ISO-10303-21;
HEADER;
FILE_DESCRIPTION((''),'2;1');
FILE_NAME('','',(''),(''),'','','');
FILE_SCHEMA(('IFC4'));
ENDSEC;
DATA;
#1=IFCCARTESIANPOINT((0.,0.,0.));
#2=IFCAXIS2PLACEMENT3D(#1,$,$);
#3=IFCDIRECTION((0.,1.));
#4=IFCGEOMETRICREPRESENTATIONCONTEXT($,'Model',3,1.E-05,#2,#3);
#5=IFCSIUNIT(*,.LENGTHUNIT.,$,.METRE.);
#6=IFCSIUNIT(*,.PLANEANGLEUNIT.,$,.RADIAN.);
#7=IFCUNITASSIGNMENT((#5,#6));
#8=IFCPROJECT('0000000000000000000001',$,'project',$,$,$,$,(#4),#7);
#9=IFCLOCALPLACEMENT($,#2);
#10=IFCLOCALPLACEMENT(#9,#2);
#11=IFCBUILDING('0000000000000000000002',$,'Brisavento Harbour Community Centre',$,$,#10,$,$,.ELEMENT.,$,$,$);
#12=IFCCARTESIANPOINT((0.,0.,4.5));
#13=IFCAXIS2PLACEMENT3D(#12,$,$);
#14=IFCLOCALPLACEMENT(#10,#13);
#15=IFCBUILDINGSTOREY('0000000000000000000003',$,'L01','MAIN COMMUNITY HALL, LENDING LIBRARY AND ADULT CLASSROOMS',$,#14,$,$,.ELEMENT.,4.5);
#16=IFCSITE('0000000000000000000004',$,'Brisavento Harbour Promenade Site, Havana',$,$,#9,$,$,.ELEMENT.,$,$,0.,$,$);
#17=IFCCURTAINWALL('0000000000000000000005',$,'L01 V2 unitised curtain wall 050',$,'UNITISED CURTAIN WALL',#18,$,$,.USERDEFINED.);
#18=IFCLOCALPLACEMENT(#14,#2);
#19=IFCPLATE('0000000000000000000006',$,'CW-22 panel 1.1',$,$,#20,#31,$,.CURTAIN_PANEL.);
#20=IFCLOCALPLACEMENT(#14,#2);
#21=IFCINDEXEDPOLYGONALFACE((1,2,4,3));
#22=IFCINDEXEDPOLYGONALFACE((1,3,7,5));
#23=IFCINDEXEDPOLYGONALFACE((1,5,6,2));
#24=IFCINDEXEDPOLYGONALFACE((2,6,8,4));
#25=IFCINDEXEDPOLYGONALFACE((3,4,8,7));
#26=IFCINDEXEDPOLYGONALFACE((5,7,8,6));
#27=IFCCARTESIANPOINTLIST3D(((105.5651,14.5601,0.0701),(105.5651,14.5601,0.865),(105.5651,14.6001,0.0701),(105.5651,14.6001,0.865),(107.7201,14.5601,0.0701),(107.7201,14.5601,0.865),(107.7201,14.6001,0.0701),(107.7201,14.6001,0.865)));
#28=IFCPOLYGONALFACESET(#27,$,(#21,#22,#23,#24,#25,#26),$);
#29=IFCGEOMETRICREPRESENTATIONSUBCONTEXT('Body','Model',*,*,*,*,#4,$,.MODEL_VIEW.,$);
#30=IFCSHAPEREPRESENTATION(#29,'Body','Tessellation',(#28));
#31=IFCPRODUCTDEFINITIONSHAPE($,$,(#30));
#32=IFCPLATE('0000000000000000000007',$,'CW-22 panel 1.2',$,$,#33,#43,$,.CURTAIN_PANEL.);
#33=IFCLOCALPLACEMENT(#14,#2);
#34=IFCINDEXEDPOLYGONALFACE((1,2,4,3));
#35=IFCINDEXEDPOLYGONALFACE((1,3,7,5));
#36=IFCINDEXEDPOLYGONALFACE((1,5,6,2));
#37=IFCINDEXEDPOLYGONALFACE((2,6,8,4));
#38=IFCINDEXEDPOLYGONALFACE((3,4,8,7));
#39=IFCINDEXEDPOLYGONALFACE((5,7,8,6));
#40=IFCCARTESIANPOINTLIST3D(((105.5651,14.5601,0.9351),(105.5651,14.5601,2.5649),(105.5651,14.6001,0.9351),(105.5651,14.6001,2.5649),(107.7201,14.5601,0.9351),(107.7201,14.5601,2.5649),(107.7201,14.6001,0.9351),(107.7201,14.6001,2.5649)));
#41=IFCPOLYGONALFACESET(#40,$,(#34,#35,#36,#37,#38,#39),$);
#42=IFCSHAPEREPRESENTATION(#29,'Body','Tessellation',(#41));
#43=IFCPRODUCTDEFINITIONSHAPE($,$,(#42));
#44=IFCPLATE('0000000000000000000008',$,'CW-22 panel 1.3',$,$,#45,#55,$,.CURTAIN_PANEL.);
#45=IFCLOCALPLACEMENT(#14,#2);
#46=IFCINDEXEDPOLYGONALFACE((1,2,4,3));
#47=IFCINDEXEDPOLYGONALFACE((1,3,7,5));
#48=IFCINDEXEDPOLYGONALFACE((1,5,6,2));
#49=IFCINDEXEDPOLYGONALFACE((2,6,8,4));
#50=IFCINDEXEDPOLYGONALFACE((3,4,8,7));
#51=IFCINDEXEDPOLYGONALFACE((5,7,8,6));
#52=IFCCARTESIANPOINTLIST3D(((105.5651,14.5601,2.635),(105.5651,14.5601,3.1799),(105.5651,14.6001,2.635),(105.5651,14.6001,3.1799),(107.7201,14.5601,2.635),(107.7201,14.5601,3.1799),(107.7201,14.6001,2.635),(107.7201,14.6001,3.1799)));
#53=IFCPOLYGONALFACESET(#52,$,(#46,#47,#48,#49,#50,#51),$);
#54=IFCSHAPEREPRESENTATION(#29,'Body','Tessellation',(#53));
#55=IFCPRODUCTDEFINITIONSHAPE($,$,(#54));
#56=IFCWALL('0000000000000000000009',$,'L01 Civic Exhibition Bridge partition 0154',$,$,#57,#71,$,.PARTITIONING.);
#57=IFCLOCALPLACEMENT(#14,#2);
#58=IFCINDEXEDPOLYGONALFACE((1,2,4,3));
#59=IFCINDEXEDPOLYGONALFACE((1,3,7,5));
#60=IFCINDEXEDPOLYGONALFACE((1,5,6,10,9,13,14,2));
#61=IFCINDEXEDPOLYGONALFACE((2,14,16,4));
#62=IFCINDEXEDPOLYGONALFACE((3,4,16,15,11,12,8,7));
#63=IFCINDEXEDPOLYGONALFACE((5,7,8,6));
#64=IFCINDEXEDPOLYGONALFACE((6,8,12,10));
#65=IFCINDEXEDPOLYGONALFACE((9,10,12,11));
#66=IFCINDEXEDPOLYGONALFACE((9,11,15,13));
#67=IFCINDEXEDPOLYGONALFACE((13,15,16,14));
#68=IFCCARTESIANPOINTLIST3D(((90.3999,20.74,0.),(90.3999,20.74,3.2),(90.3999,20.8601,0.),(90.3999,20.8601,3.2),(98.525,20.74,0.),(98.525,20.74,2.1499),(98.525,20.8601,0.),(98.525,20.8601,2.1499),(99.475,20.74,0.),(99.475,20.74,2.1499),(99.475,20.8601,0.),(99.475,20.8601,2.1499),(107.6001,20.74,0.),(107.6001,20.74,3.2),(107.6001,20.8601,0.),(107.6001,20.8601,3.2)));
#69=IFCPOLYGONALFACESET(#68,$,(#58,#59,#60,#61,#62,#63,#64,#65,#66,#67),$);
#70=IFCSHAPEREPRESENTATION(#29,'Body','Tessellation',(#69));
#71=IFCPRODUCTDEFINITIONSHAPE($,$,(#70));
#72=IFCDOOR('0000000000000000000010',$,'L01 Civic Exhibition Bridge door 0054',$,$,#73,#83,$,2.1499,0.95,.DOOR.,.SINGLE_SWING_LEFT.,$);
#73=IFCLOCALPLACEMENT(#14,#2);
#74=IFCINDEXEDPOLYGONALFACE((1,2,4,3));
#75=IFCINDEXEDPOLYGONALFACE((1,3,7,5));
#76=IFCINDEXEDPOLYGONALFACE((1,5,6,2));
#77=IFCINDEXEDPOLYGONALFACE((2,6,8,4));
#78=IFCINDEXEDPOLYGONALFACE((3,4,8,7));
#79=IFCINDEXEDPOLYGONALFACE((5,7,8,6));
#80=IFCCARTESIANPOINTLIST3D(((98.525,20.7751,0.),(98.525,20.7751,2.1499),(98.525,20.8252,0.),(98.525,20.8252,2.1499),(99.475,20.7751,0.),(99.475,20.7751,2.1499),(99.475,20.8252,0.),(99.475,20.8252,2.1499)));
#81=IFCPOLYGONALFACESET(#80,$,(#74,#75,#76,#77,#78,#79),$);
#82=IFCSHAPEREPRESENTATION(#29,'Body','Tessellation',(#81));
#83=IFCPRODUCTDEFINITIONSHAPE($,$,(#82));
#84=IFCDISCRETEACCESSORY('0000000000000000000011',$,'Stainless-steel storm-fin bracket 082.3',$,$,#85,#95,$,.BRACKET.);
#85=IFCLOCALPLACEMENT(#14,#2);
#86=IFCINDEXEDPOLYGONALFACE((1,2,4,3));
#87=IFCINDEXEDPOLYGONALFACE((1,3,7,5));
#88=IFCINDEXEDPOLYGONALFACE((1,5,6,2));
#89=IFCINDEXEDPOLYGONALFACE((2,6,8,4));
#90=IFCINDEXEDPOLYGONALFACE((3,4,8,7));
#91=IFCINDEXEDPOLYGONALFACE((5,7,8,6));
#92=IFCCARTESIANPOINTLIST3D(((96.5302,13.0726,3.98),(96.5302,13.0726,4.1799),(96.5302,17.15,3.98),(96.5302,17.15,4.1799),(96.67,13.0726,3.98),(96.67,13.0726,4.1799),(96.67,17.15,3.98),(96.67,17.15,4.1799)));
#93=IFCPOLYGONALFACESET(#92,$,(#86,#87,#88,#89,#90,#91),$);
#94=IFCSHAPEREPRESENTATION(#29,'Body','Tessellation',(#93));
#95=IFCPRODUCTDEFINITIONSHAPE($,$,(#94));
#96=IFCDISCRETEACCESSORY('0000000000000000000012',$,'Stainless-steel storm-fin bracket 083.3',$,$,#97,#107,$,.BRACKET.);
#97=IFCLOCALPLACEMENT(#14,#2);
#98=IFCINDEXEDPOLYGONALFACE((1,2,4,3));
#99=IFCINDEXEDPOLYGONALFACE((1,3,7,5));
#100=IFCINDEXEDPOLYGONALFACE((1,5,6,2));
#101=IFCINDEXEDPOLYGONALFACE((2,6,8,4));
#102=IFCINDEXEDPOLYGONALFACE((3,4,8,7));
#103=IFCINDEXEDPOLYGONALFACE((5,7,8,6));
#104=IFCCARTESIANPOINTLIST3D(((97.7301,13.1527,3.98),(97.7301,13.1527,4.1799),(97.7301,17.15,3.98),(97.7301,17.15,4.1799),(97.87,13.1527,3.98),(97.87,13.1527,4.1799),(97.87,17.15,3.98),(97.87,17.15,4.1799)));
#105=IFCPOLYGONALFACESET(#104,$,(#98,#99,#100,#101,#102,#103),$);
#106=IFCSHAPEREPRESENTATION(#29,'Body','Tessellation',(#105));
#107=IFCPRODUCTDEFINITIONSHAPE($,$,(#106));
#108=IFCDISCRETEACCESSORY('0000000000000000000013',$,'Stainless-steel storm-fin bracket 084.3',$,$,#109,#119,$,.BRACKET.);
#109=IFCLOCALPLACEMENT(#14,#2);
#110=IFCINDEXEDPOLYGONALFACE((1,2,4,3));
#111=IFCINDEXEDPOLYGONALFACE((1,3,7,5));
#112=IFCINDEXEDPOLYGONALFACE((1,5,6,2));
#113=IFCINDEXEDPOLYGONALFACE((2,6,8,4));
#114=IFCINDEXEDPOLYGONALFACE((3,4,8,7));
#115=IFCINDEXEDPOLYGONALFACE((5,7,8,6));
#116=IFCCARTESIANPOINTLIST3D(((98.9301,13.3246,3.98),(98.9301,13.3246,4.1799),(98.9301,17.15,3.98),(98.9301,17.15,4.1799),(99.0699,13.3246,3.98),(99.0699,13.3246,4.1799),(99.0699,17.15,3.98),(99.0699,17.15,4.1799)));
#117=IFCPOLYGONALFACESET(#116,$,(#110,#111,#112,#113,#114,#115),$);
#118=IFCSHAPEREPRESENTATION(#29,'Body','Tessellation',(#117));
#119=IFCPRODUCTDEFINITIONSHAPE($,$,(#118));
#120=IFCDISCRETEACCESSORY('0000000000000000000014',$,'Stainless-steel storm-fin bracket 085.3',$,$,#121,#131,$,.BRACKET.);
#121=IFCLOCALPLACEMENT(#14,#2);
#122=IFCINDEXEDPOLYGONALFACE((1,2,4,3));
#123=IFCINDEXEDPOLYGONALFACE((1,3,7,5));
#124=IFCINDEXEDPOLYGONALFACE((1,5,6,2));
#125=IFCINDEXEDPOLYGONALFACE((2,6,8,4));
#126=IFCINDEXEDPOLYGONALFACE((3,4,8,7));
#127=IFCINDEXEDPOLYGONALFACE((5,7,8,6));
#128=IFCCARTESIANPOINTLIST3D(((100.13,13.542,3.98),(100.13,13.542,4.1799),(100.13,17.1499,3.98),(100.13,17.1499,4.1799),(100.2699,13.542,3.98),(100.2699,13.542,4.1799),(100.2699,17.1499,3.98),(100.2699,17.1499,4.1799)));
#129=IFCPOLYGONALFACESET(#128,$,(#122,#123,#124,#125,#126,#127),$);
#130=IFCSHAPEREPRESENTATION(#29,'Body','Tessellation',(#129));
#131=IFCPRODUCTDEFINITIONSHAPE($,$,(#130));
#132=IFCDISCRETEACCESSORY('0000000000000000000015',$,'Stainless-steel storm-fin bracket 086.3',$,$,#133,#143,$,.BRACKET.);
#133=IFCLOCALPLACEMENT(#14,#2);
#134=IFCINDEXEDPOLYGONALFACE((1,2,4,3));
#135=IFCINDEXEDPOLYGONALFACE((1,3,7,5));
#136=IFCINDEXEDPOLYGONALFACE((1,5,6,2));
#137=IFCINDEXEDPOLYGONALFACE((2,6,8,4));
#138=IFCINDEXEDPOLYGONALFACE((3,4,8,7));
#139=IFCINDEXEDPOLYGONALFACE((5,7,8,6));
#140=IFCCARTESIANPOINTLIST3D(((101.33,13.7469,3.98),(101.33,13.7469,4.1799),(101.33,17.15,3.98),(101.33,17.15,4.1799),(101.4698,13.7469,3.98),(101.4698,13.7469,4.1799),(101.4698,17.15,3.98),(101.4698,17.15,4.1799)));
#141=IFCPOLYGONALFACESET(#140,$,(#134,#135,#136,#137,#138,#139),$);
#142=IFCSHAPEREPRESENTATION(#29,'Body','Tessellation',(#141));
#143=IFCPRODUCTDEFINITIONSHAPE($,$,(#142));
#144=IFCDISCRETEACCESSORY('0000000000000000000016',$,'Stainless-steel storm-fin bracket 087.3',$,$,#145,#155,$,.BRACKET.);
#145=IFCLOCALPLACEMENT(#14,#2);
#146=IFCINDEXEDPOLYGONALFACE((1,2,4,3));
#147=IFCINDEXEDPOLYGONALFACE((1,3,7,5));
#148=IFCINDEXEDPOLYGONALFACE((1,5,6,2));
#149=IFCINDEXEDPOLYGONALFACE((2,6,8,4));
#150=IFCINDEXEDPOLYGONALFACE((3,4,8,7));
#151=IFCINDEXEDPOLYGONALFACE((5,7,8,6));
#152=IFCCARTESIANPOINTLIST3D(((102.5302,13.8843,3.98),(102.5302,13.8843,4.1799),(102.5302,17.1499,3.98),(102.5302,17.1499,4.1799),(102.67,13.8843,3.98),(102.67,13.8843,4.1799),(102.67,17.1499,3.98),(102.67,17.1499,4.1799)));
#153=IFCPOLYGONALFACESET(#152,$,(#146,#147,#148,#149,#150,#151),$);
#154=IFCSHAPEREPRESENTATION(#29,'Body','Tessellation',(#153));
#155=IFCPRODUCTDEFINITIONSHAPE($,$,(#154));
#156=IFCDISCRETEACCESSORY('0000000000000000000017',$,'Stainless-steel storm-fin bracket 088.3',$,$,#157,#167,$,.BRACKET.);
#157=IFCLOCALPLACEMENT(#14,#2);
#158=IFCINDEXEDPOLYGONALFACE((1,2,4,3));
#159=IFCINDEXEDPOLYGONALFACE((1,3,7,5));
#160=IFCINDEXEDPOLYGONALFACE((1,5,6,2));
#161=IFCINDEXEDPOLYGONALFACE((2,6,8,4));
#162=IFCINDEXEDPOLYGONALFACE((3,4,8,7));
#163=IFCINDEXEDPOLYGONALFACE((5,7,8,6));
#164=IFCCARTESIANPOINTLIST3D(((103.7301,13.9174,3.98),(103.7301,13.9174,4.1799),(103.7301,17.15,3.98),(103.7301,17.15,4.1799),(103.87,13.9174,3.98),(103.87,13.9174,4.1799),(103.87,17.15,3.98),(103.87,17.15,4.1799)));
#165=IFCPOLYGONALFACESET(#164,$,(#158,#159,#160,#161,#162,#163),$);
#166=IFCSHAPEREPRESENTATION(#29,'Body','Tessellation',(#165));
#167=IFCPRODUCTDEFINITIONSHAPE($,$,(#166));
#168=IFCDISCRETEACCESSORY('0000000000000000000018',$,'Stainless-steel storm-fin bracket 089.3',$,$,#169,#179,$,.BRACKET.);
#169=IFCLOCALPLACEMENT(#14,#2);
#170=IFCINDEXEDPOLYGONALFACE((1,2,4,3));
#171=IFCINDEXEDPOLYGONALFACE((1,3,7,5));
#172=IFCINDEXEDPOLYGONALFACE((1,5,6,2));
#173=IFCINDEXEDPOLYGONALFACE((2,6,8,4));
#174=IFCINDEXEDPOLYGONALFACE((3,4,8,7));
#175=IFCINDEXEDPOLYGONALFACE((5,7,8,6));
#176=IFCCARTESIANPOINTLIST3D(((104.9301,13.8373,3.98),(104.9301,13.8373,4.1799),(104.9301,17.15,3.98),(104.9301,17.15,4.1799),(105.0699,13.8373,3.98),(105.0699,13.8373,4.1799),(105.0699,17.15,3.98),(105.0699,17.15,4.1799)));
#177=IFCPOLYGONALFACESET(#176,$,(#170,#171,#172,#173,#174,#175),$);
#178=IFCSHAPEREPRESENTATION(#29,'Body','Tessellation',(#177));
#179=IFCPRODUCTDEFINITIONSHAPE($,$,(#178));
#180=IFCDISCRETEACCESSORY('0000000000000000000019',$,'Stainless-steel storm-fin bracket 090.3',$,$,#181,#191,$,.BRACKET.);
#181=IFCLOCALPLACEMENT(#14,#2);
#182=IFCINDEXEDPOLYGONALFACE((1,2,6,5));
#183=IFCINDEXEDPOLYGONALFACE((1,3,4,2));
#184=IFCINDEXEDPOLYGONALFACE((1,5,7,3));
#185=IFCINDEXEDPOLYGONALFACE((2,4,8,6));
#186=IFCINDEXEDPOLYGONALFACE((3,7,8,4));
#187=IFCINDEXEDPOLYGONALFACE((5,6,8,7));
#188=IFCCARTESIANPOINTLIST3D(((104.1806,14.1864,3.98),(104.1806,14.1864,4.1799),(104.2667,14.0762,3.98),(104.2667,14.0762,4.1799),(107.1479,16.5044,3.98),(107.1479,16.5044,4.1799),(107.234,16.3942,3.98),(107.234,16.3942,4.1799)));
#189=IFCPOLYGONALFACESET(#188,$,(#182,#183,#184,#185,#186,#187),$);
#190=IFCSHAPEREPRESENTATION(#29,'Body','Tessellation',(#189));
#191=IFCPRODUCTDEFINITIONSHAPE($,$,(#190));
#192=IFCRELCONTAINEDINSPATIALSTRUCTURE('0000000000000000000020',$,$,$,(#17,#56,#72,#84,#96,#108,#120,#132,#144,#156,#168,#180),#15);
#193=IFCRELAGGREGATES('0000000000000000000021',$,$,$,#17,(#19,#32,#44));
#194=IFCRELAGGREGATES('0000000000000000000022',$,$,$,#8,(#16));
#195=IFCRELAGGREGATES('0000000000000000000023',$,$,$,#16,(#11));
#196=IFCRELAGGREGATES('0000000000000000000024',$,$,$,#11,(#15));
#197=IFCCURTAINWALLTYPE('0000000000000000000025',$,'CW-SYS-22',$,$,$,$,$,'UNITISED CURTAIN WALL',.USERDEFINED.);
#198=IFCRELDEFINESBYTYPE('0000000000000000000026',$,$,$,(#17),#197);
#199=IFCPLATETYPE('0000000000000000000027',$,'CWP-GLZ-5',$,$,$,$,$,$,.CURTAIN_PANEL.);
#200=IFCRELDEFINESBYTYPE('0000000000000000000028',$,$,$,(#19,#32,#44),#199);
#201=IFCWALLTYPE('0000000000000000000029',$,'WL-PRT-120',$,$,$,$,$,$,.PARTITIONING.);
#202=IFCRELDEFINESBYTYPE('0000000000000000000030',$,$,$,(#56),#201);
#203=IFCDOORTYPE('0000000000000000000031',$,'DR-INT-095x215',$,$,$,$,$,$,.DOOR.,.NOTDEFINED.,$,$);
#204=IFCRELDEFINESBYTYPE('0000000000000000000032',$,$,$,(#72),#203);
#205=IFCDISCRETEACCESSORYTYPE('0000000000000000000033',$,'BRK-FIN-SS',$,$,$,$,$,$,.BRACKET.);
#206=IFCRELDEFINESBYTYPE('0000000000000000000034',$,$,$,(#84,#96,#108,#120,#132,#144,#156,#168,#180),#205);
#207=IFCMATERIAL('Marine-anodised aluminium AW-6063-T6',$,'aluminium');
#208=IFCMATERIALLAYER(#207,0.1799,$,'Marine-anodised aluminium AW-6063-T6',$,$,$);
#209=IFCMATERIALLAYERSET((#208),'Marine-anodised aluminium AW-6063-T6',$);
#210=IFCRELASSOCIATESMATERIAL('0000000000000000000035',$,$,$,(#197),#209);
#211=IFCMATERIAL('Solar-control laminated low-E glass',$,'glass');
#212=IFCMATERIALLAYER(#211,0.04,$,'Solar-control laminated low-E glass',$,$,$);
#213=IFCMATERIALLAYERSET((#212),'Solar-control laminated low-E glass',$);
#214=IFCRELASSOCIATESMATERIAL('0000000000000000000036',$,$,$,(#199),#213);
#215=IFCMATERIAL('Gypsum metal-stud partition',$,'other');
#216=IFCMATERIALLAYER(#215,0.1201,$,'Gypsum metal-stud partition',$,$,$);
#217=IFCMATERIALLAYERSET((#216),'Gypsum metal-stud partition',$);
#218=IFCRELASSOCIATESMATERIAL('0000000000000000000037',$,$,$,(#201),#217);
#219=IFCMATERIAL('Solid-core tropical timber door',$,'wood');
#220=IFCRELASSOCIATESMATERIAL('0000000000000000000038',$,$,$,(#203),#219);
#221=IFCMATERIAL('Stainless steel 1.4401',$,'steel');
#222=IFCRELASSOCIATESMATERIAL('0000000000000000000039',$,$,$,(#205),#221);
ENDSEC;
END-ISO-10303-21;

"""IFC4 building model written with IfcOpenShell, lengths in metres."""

from ifc_helpers import new_model, si_unit, direction, frame, frame_2d, origin, origin_2d, place, context, subcontext, project, spatial, rectangle, extrude, material, layer, layer_set, type_object, element, fill, aggregate, save


model = new_model("IFC4")

# Units and contexts
model_context = context("Model", 3, precision=1e-05, world=origin(), true_north=direction((0.0, 1.0)))
body_context = subcontext(model_context, "Body", "Model", "MODEL_VIEW")
ifc_project = project(units=[si_unit("LENGTHUNIT", "METRE"), si_unit("PLANEANGLEUNIT", "RADIAN")], contexts=[model_context])

# Site, building, storey
site_placement = place(None, origin())
site = spatial("IfcSite", under=ifc_project, at=site_placement, Name="Brisavento Harbour Promenade Site, Havana", CompositionType="ELEMENT", RefElevation=0.0)
building_placement = place(site_placement, origin())
building = spatial("IfcBuilding", under=site, at=building_placement, Name="Brisavento Harbour Community Centre", CompositionType="ELEMENT")
storey_placement = place(building_placement, frame((0.0, 0.0, 4.5)))
storey = spatial("IfcBuildingStorey", under=building, at=storey_placement, Name="L01", Description="MAIN COMMUNITY HALL, LENDING LIBRARY AND ADULT CLASSROOMS", CompositionType="ELEMENT", Elevation=4.5)

# Curtain wall, plates
ifc_material_1 = material(Name="Marine-anodised aluminium AW-6063-T6", Category="aluminium")
ifc_layer_1 = layer(ifc_material_1, 0.1799, Name="Marine-anodised aluminium AW-6063-T6")
ifc_layer_set_1 = layer_set([ifc_layer_1], Name="Marine-anodised aluminium AW-6063-T6")
curtain_wall_type = type_object("IfcCurtainWallType", Name="CW-SYS-22", ElementType="UNITISED CURTAIN WALL", PredefinedType="USERDEFINED", material=ifc_layer_set_1)
curtain_wall_placement = place(storey_placement, origin())
curtain_wall = element("IfcCurtainWall", 1, at=curtain_wall_placement, inside=storey, type_object=curtain_wall_type, Name="L01 V2 unitised curtain wall 050", ObjectType="UNITISED CURTAIN WALL", PredefinedType="USERDEFINED")
ifc_material_2 = material(Name="Solar-control laminated low-E glass", Category="glass")
ifc_layer_2 = layer(ifc_material_2, 0.04, Name="Solar-control laminated low-E glass")
ifc_layer_set_2 = layer_set([ifc_layer_2], Name="Solar-control laminated low-E glass")
plate_type = type_object("IfcPlateType", Name="CWP-GLZ-5", PredefinedType="CURTAIN_PANEL", material=ifc_layer_set_2)
plate_1_placement = place(storey_placement, frame((106.6426, 14.5801, 0.0701), z_axis=(0.0, 0.0, 1.0), x_axis=(-1.0, 0.0, 0.0)))
plate_1 = element("IfcPlate", 2, at=plate_1_placement, type_object=plate_type, Name="CW-22 panel 1.1", PredefinedType="CURTAIN_PANEL", context=body_context, shape_type="SweptSolid", body=[
    extrude(rectangle(XDim=2.155, YDim=0.04, at=origin_2d()), origin(), (0.0, 0.0, 1.0), 0.7949),
])
plate_2_placement = place(storey_placement, frame((106.6426, 14.5801, 0.9351), z_axis=(0.0, 0.0, 1.0), x_axis=(-1.0, 0.0, 0.0)))
plate_2 = element("IfcPlate", 3, at=plate_2_placement, type_object=plate_type, Name="CW-22 panel 1.2", PredefinedType="CURTAIN_PANEL", context=body_context, shape_type="SweptSolid", body=[
    extrude(rectangle(XDim=2.155, YDim=0.04, at=origin_2d()), origin(), (0.0, 0.0, 1.0), 1.6299),
])
plate_3_placement = place(storey_placement, frame((106.6426, 14.5801, 2.635), z_axis=(0.0, 0.0, 1.0), x_axis=(-1.0, 0.0, 0.0)))
plate_3 = element("IfcPlate", 4, at=plate_3_placement, type_object=plate_type, Name="CW-22 panel 1.3", PredefinedType="CURTAIN_PANEL", context=body_context, shape_type="SweptSolid", body=[
    extrude(rectangle(XDim=2.155, YDim=0.04, at=origin_2d()), origin(), (0.0, 0.0, 1.0), 0.5449),
])
aggregate(curtain_wall, [plate_1, plate_2, plate_3])

# Wall, opening, door
ifc_material_3 = material(Name="Gypsum metal-stud partition", Category="other")
ifc_layer_3 = layer(ifc_material_3, 0.1201, Name="Gypsum metal-stud partition")
ifc_layer_set_3 = layer_set([ifc_layer_3], Name="Gypsum metal-stud partition")
wall_type = type_object("IfcWallType", Name="WL-PRT-120", PredefinedType="PARTITIONING", material=ifc_layer_set_3)
wall_placement = place(storey_placement, frame((107.6001, 20.8, 0.0), z_axis=(0.0, 0.0, 1.0), x_axis=(-1.0, 0.0, 0.0)))
wall = element("IfcWall", 5, at=wall_placement, inside=storey, type_object=wall_type, Name="L01 Civic Exhibition Bridge partition 0154", PredefinedType="PARTITIONING", context=body_context, shape_type="SweptSolid", body=[
    extrude(rectangle(XDim=17.2002, YDim=0.1201, at=frame_2d((8.6001, 0.0))), origin(), (0.0, 0.0, 1.0), 3.2),
])
opening_placement = place(wall_placement, frame((8.125, 0.0, 0.0)))
opening = element("IfcOpeningElement", 6, at=opening_placement, cuts=wall, PredefinedType="OPENING", context=body_context, shape_type="SweptSolid", body=[
    extrude(rectangle(XDim=0.95, YDim=2.1499, at=frame_2d((0.4751, 1.075))), frame((0.0, 0.0701, 0.0), z_axis=(0.0, -1.0, 0.0), x_axis=(1.0, 0.0, 0.0)), (0.0, 0.0, 1.0), 0.1401),
])
ifc_material_4 = material(Name="Solid-core tropical timber door", Category="wood")
door_type = type_object("IfcDoorType", Name="DR-INT-095x215", OperationType="NOTDEFINED", PredefinedType="DOOR", material=ifc_material_4)
door_placement = place(opening_placement, origin())
door = element("IfcDoor", 7, at=door_placement, inside=storey, type_object=door_type, Name="L01 Civic Exhibition Bridge door 0054", OperationType="SINGLE_SWING_LEFT", OverallHeight=2.1499, OverallWidth=0.95, PredefinedType="DOOR", context=body_context, shape_type="SweptSolid", body=[
    extrude(rectangle(XDim=0.95, YDim=2.1499, at=frame_2d((0.4751, 1.075))), frame((0.0, 0.0249, 0.0), z_axis=(0.0, -1.0, 0.0), x_axis=(1.0, 0.0, 0.0)), (0.0, 0.0, 1.0), 0.05),
])
fill(opening, door)

# Discrete accessories
ifc_material_5 = material(Name="Stainless steel 1.4401", Category="steel")
discrete_accessory_type = type_object("IfcDiscreteAccessoryType", Name="BRK-FIN-SS", PredefinedType="BRACKET", material=ifc_material_5)
discrete_accessory_1_placement = place(storey_placement, frame((96.6001, 15.1113, 3.98), z_axis=(0.0, 0.0, 1.0), x_axis=(0.0, -1.0, 0.0)))
element("IfcDiscreteAccessory", 8, at=discrete_accessory_1_placement, inside=storey, type_object=discrete_accessory_type, Name="Stainless-steel storm-fin bracket 082.3", PredefinedType="BRACKET", context=body_context, shape_type="SweptSolid", body=[
    extrude(rectangle(XDim=4.0774, YDim=0.1399, at=origin_2d()), origin(), (0.0, 0.0, 1.0), 0.2),
])
discrete_accessory_2_placement = place(storey_placement, frame((97.8, 15.1514, 3.98), z_axis=(0.0, 0.0, 1.0), x_axis=(0.0, -1.0, 0.0)))
element("IfcDiscreteAccessory", 9, at=discrete_accessory_2_placement, inside=storey, type_object=discrete_accessory_type, Name="Stainless-steel storm-fin bracket 083.3", PredefinedType="BRACKET", context=body_context, shape_type="SweptSolid", body=[
    extrude(rectangle(XDim=3.9973, YDim=0.1399, at=origin_2d()), origin(), (0.0, 0.0, 1.0), 0.2),
])
discrete_accessory_3_placement = place(storey_placement, frame((99.0, 15.2373, 3.98), z_axis=(0.0, 0.0, 1.0), x_axis=(0.0, -1.0, 0.0)))
element("IfcDiscreteAccessory", 10, at=discrete_accessory_3_placement, inside=storey, type_object=discrete_accessory_type, Name="Stainless-steel storm-fin bracket 084.3", PredefinedType="BRACKET", context=body_context, shape_type="SweptSolid", body=[
    extrude(rectangle(XDim=3.8254, YDim=0.1399, at=origin_2d()), origin(), (0.0, 0.0, 1.0), 0.2),
])
discrete_accessory_4_placement = place(storey_placement, frame((100.2, 15.3459, 3.98), z_axis=(0.0, 0.0, 1.0), x_axis=(0.0, -1.0, 0.0)))
element("IfcDiscreteAccessory", 11, at=discrete_accessory_4_placement, inside=storey, type_object=discrete_accessory_type, Name="Stainless-steel storm-fin bracket 085.3", PredefinedType="BRACKET", context=body_context, shape_type="SweptSolid", body=[
    extrude(rectangle(XDim=3.6079, YDim=0.1399, at=origin_2d()), origin(), (0.0, 0.0, 1.0), 0.2),
])
discrete_accessory_5_placement = place(storey_placement, frame((101.3999, 15.4485, 3.98), z_axis=(0.0, 0.0, 1.0), x_axis=(0.0, -1.0, 0.0)))
element("IfcDiscreteAccessory", 12, at=discrete_accessory_5_placement, inside=storey, type_object=discrete_accessory_type, Name="Stainless-steel storm-fin bracket 086.3", PredefinedType="BRACKET", context=body_context, shape_type="SweptSolid", body=[
    extrude(rectangle(XDim=3.4031, YDim=0.1399, at=origin_2d()), origin(), (0.0, 0.0, 1.0), 0.2),
])
discrete_accessory_6_placement = place(storey_placement, frame((102.6001, 15.5171, 3.98), z_axis=(0.0, 0.0, 1.0), x_axis=(0.0, -1.0, 0.0)))
element("IfcDiscreteAccessory", 13, at=discrete_accessory_6_placement, inside=storey, type_object=discrete_accessory_type, Name="Stainless-steel storm-fin bracket 087.3", PredefinedType="BRACKET", context=body_context, shape_type="SweptSolid", body=[
    extrude(rectangle(XDim=3.2656, YDim=0.1399, at=origin_2d()), origin(), (0.0, 0.0, 1.0), 0.2),
])
discrete_accessory_7_placement = place(storey_placement, frame((103.8, 15.5337, 3.98), z_axis=(0.0, 0.0, 1.0), x_axis=(0.0, -1.0, 0.0)))
element("IfcDiscreteAccessory", 14, at=discrete_accessory_7_placement, inside=storey, type_object=discrete_accessory_type, Name="Stainless-steel storm-fin bracket 088.3", PredefinedType="BRACKET", context=body_context, shape_type="SweptSolid", body=[
    extrude(rectangle(XDim=3.2327, YDim=0.1399, at=origin_2d()), origin(), (0.0, 0.0, 1.0), 0.2),
])
discrete_accessory_8_placement = place(storey_placement, frame((105.0, 15.4937, 3.98), z_axis=(0.0, 0.0, 1.0), x_axis=(0.0, -1.0, 0.0)))
element("IfcDiscreteAccessory", 15, at=discrete_accessory_8_placement, inside=storey, type_object=discrete_accessory_type, Name="Stainless-steel storm-fin bracket 089.3", PredefinedType="BRACKET", context=body_context, shape_type="SweptSolid", body=[
    extrude(rectangle(XDim=3.3127, YDim=0.1399, at=origin_2d()), origin(), (0.0, 0.0, 1.0), 0.2),
])
discrete_accessory_9_placement = place(storey_placement, frame((105.7073, 15.2903, 3.98), z_axis=(0.0, 0.0, 1.0), x_axis=(-0.788054, -0.615606, 0.0)))
element("IfcDiscreteAccessory", 16, at=discrete_accessory_9_placement, inside=storey, type_object=discrete_accessory_type, Name="Stainless-steel storm-fin bracket 090.3", PredefinedType="BRACKET", context=body_context, shape_type="SweptSolid", body=[
    extrude(rectangle(XDim=3.7654, YDim=0.1399, at=origin_2d()), origin(), (0.0, 0.0, 1.0), 0.2),
])

save(model, "model.ifc")
